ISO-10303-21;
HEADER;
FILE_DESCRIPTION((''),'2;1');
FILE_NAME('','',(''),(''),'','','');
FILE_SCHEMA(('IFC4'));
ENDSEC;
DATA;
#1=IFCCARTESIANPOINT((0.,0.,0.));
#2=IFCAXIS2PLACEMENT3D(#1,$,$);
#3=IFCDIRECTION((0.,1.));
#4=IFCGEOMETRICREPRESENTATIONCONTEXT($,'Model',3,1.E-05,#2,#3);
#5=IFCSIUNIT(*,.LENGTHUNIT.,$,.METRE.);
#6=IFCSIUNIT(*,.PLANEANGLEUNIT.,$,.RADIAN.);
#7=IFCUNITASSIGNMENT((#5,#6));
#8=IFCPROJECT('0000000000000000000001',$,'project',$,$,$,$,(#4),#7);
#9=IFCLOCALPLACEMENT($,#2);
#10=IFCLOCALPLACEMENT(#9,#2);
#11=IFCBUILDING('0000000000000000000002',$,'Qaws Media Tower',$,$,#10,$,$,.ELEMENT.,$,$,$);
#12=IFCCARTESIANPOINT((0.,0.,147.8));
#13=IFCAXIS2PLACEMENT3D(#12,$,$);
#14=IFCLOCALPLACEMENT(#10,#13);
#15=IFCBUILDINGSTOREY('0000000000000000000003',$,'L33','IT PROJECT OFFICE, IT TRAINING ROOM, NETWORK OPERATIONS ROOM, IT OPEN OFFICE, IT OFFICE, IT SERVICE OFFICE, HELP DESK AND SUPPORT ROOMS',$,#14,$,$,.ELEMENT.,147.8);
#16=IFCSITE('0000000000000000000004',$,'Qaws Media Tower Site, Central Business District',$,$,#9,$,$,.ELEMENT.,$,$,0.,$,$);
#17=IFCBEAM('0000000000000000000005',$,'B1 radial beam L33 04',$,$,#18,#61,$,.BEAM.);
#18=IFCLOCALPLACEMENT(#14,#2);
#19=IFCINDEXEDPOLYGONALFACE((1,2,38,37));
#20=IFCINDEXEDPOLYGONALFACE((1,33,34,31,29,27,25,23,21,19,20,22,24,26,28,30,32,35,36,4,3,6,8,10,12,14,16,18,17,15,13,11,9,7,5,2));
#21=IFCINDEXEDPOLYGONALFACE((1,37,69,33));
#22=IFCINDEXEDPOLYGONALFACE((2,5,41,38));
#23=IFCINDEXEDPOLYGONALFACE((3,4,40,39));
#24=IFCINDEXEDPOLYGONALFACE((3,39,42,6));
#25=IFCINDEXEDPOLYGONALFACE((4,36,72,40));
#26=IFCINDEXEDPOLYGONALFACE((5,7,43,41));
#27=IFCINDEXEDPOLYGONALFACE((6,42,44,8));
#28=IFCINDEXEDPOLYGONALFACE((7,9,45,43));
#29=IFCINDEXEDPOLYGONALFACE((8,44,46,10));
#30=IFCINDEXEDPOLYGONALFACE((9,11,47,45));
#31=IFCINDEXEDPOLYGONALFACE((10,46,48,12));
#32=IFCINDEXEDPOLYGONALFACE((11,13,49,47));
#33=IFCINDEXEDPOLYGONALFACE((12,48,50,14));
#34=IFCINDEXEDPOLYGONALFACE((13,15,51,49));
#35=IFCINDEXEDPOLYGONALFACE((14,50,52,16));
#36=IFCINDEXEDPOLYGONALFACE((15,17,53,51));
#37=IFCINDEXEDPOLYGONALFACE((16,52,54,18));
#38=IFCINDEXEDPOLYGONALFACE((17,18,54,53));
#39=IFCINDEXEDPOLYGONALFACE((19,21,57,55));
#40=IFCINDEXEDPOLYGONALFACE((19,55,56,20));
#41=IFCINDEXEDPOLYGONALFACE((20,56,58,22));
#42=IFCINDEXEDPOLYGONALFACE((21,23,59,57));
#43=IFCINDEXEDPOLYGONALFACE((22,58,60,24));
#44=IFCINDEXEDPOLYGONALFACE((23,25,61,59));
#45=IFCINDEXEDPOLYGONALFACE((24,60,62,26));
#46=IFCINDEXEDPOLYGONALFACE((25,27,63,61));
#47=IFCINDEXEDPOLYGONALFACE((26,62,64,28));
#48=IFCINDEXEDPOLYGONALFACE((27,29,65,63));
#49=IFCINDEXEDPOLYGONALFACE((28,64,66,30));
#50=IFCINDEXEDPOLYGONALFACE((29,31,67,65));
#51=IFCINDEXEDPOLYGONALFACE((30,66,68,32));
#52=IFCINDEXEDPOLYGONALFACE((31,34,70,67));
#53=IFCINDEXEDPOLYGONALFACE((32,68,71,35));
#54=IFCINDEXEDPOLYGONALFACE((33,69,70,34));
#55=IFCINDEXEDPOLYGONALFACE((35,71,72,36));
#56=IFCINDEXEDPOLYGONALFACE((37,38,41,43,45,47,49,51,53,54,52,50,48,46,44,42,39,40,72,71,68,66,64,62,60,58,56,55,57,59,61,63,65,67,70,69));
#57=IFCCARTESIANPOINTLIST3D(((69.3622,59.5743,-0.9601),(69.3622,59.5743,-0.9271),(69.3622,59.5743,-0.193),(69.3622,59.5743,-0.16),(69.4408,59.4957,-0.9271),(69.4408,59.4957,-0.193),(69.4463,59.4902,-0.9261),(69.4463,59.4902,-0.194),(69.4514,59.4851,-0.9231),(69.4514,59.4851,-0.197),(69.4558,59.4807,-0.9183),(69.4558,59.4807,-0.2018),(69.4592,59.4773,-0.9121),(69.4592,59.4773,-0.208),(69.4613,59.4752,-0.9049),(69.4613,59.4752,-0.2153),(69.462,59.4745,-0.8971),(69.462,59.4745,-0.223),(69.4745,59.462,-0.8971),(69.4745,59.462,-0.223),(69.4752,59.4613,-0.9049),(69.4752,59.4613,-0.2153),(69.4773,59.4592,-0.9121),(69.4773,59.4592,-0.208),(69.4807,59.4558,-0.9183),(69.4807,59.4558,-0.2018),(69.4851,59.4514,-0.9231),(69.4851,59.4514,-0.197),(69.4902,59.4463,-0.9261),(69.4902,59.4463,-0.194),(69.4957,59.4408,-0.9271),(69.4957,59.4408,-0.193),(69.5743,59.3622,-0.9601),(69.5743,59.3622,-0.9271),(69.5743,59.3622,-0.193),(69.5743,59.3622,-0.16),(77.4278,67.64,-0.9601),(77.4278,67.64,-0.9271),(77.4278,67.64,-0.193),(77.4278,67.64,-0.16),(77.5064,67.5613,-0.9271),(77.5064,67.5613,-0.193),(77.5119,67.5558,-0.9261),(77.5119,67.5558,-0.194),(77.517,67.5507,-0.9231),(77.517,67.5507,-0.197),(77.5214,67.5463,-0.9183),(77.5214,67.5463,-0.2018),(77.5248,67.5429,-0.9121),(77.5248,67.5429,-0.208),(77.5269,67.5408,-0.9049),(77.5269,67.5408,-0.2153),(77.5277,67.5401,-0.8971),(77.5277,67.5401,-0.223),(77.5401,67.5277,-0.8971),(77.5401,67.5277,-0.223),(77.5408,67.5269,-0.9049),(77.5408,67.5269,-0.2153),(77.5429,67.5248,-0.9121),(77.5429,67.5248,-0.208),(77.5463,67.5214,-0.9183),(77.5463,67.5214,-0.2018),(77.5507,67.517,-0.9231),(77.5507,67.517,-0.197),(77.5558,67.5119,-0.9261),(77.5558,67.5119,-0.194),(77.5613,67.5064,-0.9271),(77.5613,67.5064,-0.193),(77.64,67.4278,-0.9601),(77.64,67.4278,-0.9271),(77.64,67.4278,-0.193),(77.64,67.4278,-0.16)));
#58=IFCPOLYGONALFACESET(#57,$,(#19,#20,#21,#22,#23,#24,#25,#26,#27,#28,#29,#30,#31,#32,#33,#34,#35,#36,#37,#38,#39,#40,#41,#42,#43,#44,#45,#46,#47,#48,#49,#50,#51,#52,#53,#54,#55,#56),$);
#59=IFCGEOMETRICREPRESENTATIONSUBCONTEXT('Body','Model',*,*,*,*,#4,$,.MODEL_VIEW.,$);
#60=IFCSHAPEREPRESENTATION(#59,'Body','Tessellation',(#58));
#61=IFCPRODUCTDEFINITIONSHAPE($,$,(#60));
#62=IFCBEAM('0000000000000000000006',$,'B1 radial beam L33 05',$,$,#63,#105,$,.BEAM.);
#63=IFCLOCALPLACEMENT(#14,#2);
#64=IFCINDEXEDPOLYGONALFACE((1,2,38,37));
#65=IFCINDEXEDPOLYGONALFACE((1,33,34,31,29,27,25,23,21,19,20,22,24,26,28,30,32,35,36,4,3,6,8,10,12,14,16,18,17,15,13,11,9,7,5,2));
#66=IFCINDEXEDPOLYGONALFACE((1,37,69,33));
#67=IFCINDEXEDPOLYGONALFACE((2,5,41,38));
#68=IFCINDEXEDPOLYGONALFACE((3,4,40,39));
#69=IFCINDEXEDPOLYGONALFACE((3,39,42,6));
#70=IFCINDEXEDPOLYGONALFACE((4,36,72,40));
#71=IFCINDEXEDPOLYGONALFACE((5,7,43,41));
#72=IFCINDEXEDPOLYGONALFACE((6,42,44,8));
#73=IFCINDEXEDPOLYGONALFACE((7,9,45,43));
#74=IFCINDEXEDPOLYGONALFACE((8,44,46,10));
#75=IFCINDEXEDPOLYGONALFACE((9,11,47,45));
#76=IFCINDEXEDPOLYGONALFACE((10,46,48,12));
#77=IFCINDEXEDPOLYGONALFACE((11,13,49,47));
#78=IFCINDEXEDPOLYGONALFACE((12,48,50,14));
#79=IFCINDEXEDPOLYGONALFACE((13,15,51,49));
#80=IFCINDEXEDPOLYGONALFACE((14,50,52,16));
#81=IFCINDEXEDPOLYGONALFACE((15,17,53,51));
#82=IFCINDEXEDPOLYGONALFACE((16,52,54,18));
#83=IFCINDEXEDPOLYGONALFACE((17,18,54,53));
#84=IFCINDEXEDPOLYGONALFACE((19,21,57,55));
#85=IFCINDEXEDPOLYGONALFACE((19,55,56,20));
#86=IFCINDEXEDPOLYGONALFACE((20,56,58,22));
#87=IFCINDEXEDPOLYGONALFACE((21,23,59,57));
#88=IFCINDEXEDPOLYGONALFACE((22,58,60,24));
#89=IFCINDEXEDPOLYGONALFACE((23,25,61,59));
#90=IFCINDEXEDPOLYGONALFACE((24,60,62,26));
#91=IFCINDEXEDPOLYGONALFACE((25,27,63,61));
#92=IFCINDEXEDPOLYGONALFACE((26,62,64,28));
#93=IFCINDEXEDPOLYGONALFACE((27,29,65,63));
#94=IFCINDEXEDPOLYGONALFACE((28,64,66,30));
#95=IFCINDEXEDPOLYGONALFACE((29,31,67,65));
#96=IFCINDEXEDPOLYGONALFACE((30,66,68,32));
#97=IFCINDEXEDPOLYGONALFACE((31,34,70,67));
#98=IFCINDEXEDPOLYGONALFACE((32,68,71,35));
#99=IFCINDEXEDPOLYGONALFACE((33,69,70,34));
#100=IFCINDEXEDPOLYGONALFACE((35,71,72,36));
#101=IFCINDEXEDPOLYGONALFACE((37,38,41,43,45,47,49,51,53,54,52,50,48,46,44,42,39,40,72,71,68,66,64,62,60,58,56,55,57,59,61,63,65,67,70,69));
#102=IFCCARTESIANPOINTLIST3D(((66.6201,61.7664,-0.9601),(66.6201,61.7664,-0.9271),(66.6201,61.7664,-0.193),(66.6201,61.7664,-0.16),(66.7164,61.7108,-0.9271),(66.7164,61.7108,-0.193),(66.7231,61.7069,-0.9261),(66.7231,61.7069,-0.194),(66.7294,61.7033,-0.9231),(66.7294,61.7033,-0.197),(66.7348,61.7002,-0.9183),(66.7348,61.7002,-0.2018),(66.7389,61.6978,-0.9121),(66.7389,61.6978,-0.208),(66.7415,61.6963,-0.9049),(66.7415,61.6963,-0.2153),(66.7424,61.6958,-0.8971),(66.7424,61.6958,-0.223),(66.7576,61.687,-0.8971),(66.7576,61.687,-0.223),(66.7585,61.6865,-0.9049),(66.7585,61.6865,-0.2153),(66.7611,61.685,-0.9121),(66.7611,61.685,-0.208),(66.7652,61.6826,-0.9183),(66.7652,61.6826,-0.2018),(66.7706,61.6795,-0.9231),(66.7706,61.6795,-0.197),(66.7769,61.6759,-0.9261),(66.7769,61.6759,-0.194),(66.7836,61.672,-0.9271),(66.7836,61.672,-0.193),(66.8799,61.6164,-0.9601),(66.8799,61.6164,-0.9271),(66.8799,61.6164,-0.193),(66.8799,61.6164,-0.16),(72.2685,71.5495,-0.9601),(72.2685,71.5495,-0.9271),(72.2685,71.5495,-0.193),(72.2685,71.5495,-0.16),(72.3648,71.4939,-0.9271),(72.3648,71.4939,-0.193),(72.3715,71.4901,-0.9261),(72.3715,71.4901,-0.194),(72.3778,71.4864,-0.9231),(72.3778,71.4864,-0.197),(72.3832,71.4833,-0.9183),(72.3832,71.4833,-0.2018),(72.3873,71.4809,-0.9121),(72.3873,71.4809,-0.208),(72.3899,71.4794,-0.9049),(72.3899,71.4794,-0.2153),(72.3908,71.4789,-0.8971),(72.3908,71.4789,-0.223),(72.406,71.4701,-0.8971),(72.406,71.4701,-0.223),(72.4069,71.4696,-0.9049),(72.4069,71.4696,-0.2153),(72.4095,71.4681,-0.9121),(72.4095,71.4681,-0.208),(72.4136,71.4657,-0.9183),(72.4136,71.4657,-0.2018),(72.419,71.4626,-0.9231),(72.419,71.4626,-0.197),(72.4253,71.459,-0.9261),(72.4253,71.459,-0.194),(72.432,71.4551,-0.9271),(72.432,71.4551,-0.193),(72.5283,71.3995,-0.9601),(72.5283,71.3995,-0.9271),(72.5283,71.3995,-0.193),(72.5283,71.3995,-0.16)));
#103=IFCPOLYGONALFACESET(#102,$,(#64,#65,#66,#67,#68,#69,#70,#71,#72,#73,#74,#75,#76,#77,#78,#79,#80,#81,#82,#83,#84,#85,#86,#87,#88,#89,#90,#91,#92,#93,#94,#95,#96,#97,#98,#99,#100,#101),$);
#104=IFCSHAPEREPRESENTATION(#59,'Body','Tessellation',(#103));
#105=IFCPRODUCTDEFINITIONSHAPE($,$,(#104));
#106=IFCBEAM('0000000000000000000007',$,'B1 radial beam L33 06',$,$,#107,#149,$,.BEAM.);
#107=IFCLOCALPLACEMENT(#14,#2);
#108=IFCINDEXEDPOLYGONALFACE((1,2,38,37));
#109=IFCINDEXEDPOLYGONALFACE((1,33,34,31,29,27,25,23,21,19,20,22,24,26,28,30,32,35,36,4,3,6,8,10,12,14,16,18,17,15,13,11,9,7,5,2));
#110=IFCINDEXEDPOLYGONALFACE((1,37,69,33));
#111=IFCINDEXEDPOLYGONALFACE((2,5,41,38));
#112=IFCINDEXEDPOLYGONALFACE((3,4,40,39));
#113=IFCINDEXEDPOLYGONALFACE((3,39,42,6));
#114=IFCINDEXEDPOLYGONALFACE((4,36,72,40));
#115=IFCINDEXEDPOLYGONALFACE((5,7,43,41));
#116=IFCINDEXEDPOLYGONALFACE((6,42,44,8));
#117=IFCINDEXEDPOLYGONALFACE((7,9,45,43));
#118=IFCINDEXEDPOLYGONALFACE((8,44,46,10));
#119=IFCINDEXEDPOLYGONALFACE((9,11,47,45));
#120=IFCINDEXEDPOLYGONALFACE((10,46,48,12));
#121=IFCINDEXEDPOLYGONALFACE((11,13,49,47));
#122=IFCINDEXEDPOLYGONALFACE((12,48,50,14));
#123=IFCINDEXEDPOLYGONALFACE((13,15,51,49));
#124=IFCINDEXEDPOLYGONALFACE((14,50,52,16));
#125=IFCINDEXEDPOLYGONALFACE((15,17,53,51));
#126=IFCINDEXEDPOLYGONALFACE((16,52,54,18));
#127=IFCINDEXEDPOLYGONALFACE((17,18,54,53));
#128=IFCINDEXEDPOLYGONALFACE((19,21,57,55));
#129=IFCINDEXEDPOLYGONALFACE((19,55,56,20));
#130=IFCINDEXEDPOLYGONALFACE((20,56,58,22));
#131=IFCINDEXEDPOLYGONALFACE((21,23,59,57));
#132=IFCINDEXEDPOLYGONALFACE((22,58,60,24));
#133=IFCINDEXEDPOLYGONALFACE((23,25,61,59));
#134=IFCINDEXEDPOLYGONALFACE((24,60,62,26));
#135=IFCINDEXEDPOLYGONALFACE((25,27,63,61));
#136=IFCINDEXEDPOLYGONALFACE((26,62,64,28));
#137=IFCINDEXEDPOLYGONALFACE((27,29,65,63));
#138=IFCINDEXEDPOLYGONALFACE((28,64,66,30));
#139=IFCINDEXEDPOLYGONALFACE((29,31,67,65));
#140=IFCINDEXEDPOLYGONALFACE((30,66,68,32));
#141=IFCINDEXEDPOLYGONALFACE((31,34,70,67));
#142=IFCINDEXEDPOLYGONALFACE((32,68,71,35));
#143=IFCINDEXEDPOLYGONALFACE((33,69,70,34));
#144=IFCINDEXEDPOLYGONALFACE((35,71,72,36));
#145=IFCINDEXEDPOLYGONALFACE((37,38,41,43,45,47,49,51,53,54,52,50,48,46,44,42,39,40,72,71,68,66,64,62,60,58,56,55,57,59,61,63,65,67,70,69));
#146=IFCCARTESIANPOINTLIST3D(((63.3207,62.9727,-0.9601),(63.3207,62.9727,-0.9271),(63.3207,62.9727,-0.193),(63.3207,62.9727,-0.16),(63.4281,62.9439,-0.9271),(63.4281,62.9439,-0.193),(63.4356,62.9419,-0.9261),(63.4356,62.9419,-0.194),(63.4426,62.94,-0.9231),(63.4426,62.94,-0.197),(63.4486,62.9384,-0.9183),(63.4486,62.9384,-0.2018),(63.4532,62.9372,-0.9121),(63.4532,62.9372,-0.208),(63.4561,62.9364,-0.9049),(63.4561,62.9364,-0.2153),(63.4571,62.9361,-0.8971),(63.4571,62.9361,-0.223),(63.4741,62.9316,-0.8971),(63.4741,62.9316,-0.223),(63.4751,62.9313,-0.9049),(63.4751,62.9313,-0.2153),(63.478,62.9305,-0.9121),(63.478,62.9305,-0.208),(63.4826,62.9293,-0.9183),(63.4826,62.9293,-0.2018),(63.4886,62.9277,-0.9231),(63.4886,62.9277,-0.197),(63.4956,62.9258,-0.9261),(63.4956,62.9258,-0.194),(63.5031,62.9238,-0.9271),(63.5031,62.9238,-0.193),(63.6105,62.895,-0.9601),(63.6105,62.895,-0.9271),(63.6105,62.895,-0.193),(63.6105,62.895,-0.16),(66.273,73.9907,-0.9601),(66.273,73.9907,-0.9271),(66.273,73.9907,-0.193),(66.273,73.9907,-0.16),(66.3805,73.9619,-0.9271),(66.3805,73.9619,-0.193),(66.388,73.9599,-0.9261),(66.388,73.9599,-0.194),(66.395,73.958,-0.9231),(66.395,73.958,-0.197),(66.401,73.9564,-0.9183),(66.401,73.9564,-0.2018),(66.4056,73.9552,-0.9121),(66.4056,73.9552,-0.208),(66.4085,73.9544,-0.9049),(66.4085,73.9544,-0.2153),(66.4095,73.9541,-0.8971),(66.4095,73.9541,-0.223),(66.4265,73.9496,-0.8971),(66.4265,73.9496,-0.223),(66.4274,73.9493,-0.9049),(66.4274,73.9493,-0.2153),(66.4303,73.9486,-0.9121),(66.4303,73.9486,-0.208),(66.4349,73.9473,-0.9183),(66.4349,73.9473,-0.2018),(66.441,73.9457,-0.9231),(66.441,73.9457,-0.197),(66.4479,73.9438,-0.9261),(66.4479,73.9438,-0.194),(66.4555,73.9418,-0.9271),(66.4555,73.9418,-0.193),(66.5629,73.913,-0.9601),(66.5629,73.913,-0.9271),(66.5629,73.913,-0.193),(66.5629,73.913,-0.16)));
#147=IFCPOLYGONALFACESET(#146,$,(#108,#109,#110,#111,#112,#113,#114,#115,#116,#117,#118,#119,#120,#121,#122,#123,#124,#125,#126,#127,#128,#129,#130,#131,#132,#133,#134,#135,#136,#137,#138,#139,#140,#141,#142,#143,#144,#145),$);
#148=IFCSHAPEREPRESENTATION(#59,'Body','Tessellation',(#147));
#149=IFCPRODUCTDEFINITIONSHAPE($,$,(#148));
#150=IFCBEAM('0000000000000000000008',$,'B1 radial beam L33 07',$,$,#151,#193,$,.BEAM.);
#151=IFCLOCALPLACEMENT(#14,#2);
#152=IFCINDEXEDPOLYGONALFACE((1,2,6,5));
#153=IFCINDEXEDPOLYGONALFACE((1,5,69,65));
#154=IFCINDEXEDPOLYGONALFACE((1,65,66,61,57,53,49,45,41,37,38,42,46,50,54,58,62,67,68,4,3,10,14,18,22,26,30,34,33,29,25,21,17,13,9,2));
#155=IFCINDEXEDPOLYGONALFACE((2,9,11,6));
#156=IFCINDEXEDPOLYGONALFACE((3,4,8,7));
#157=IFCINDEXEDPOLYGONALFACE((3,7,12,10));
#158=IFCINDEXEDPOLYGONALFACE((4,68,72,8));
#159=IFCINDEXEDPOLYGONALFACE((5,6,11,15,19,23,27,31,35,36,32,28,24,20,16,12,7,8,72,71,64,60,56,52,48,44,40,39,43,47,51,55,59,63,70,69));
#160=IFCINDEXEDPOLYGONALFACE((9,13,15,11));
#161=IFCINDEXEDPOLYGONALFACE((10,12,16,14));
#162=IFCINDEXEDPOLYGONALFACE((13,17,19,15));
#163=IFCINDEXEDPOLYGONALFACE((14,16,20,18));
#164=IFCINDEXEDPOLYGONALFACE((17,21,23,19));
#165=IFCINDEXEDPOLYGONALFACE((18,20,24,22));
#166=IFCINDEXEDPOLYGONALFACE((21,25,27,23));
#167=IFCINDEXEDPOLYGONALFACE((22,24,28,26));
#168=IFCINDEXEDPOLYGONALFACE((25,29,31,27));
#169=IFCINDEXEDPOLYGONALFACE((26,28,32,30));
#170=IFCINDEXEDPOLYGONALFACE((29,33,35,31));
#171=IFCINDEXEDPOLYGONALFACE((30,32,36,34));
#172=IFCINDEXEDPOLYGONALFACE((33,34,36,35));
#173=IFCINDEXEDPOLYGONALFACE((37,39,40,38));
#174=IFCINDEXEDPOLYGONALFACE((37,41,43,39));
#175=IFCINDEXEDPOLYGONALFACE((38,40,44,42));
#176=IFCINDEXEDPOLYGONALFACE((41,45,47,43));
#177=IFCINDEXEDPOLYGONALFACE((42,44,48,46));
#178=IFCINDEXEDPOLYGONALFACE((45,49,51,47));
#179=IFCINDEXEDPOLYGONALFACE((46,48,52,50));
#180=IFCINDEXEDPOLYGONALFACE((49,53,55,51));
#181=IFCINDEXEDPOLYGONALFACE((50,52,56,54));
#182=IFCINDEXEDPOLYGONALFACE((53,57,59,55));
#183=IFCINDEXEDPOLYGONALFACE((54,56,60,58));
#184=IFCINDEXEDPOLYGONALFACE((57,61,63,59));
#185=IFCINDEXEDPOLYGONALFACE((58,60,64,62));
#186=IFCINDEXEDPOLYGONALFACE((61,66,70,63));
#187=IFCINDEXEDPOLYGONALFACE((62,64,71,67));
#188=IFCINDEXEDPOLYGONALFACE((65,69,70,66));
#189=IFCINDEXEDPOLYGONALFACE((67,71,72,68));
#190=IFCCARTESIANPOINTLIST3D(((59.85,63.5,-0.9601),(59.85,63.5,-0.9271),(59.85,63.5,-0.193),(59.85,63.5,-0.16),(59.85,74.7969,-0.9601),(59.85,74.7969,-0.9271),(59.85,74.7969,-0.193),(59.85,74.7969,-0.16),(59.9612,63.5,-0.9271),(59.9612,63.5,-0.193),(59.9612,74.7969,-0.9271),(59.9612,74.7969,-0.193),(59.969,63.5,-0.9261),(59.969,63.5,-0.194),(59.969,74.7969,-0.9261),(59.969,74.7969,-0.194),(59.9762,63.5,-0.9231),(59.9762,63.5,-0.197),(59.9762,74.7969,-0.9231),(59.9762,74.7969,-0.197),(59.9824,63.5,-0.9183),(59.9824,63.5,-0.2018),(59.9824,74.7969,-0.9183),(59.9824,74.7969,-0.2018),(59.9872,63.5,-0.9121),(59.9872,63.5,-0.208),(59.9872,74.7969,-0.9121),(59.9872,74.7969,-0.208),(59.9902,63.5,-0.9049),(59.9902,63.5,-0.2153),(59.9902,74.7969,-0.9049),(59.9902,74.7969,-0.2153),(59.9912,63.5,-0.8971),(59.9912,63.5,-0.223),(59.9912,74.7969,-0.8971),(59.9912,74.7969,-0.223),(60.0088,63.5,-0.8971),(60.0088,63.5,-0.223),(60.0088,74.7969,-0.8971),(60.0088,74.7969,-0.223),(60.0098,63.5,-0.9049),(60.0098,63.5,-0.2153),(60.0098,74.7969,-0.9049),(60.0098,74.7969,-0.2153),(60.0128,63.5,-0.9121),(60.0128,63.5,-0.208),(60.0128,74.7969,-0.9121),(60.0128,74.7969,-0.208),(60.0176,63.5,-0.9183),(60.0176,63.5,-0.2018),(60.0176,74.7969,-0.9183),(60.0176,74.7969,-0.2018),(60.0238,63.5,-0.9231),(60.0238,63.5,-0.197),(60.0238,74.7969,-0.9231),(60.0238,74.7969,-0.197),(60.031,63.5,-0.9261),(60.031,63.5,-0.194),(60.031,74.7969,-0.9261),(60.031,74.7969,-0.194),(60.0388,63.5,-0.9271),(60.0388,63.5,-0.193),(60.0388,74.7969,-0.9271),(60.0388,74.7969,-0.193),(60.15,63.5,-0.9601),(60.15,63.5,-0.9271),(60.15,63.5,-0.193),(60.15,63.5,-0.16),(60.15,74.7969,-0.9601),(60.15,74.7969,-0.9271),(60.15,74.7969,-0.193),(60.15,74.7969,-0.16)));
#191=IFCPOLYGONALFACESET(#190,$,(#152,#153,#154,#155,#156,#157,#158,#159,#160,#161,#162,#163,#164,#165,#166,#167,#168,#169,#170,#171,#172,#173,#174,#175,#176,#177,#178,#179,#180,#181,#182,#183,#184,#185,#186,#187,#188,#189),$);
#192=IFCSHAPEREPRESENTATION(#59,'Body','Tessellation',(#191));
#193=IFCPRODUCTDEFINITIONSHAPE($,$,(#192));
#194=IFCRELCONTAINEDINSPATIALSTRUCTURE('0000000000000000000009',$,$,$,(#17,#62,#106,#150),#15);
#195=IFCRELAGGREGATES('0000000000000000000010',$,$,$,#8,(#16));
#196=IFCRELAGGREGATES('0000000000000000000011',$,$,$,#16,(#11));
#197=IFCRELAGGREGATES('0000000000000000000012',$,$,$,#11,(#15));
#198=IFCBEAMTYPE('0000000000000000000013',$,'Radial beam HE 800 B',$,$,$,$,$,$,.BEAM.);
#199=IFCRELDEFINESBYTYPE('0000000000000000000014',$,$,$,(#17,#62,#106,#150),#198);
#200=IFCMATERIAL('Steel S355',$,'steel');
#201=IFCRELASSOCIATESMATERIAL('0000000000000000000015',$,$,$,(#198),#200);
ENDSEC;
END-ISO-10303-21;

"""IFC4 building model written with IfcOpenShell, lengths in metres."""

from ifc_helpers import new_model, si_unit, direction, frame, origin, origin_2d, place, context, subcontext, project, spatial, i_section, extrude, material, material_profile, profile_set, type_object, element, save


model = new_model("IFC4")

# Units and contexts
model_context = context("Model", 3, precision=1e-05, world=origin(), true_north=direction((0.0, 1.0)))
body_context = subcontext(model_context, "Body", "Model", "MODEL_VIEW")
ifc_project = project(units=[si_unit("LENGTHUNIT", "METRE"), si_unit("PLANEANGLEUNIT", "RADIAN")], contexts=[model_context])

# Site, building, storey
site_placement = place(None, origin())
site = spatial("IfcSite", under=ifc_project, at=site_placement, Name="Qaws Media Tower Site, Central Business District", CompositionType="ELEMENT", RefElevation=0.0)
building_placement = place(site_placement, origin())
building = spatial("IfcBuilding", under=site, at=building_placement, Name="Qaws Media Tower", CompositionType="ELEMENT")
storey_placement = place(building_placement, frame((0.0, 0.0, 147.8)))
storey = spatial("IfcBuildingStorey", under=building, at=storey_placement, Name="L33", Description="IT PROJECT OFFICE, IT TRAINING ROOM, NETWORK OPERATIONS ROOM, IT OPEN OFFICE, IT OFFICE, IT SERVICE OFFICE, HELP DESK AND SUPPORT ROOMS", CompositionType="ELEMENT", Elevation=147.8)

# Beams
ifc_material_1 = material(Name="Steel S355", Category="steel")
ifc_material_profile_1 = material_profile(ifc_material_1, i_section(OverallWidth=0.3, OverallDepth=0.8, WebThickness=0.0176, FlangeThickness=0.033, FilletRadius=0.03, at=origin_2d()), Name="HE 800 B")
ifc_profile_set_1 = profile_set([ifc_material_profile_1], Name="Steel S355")
beam_type_1 = type_object("IfcBeamType", Name="Radial beam HE 800 B", PredefinedType="BEAM", material=ifc_profile_set_1)
beam_1_placement = place(storey_placement, frame((69.4683, 59.4683, -0.5601), z_axis=(0.707107, 0.707107, 0.0), x_axis=(-0.707107, 0.707107, 0.0)))
element("IfcBeam", 1, at=beam_1_placement, inside=storey, type_object=beam_type_1, Name="B1 radial beam L33 04", PredefinedType="BEAM", context=body_context, shape_type="SweptSolid", body=[
    extrude(i_section(OverallWidth=0.3, OverallDepth=0.8, WebThickness=0.0176, FlangeThickness=0.033, FilletRadius=0.03, at=origin_2d()), origin(), (0.0, 0.0, 1.0), 11.4065),
])
beam_2_placement = place(storey_placement, frame((66.75, 61.6914, -0.5601), z_axis=(0.500007, 0.866021, 0.0), x_axis=(-0.866021, 0.500007, 0.0)))
element("IfcBeam", 2, at=beam_2_placement, inside=storey, type_object=beam_type_1, Name="B1 radial beam L33 05", PredefinedType="BEAM", context=body_context, shape_type="SweptSolid", body=[
    extrude(i_section(OverallWidth=0.3, OverallDepth=0.8, WebThickness=0.0176, FlangeThickness=0.033, FilletRadius=0.03, at=origin_2d()), origin(), (0.0, 0.0, 1.0), 11.2966),
])
beam_3_placement = place(storey_placement, frame((63.4656, 62.9338, -0.5601), z_axis=(0.258828, 0.965923, 0.0), x_axis=(-0.965923, 0.258828, 0.0)))
element("IfcBeam", 3, at=beam_3_placement, inside=storey, type_object=beam_type_1, Name="B1 radial beam L33 06", PredefinedType="BEAM", context=body_context, shape_type="SweptSolid", body=[
    extrude(i_section(OverallWidth=0.3, OverallDepth=0.8, WebThickness=0.0176, FlangeThickness=0.033, FilletRadius=0.03, at=origin_2d()), origin(), (0.0, 0.0, 1.0), 11.4067),
])
beam_4_placement = place(storey_placement, frame((60.0, 63.5, -0.5601), z_axis=(0.0, 1.0, 0.0), x_axis=(-1.0, 0.0, 0.0)))
element("IfcBeam", 4, at=beam_4_placement, inside=storey, type_object=beam_type_1, Name="B1 radial beam L33 07", PredefinedType="BEAM", context=body_context, shape_type="SweptSolid", body=[
    extrude(i_section(OverallWidth=0.3, OverallDepth=0.8, WebThickness=0.0176, FlangeThickness=0.033, FilletRadius=0.03, at=origin_2d()), origin(), (0.0, 0.0, 1.0), 11.2969),
])

save(model, "model.ifc")
